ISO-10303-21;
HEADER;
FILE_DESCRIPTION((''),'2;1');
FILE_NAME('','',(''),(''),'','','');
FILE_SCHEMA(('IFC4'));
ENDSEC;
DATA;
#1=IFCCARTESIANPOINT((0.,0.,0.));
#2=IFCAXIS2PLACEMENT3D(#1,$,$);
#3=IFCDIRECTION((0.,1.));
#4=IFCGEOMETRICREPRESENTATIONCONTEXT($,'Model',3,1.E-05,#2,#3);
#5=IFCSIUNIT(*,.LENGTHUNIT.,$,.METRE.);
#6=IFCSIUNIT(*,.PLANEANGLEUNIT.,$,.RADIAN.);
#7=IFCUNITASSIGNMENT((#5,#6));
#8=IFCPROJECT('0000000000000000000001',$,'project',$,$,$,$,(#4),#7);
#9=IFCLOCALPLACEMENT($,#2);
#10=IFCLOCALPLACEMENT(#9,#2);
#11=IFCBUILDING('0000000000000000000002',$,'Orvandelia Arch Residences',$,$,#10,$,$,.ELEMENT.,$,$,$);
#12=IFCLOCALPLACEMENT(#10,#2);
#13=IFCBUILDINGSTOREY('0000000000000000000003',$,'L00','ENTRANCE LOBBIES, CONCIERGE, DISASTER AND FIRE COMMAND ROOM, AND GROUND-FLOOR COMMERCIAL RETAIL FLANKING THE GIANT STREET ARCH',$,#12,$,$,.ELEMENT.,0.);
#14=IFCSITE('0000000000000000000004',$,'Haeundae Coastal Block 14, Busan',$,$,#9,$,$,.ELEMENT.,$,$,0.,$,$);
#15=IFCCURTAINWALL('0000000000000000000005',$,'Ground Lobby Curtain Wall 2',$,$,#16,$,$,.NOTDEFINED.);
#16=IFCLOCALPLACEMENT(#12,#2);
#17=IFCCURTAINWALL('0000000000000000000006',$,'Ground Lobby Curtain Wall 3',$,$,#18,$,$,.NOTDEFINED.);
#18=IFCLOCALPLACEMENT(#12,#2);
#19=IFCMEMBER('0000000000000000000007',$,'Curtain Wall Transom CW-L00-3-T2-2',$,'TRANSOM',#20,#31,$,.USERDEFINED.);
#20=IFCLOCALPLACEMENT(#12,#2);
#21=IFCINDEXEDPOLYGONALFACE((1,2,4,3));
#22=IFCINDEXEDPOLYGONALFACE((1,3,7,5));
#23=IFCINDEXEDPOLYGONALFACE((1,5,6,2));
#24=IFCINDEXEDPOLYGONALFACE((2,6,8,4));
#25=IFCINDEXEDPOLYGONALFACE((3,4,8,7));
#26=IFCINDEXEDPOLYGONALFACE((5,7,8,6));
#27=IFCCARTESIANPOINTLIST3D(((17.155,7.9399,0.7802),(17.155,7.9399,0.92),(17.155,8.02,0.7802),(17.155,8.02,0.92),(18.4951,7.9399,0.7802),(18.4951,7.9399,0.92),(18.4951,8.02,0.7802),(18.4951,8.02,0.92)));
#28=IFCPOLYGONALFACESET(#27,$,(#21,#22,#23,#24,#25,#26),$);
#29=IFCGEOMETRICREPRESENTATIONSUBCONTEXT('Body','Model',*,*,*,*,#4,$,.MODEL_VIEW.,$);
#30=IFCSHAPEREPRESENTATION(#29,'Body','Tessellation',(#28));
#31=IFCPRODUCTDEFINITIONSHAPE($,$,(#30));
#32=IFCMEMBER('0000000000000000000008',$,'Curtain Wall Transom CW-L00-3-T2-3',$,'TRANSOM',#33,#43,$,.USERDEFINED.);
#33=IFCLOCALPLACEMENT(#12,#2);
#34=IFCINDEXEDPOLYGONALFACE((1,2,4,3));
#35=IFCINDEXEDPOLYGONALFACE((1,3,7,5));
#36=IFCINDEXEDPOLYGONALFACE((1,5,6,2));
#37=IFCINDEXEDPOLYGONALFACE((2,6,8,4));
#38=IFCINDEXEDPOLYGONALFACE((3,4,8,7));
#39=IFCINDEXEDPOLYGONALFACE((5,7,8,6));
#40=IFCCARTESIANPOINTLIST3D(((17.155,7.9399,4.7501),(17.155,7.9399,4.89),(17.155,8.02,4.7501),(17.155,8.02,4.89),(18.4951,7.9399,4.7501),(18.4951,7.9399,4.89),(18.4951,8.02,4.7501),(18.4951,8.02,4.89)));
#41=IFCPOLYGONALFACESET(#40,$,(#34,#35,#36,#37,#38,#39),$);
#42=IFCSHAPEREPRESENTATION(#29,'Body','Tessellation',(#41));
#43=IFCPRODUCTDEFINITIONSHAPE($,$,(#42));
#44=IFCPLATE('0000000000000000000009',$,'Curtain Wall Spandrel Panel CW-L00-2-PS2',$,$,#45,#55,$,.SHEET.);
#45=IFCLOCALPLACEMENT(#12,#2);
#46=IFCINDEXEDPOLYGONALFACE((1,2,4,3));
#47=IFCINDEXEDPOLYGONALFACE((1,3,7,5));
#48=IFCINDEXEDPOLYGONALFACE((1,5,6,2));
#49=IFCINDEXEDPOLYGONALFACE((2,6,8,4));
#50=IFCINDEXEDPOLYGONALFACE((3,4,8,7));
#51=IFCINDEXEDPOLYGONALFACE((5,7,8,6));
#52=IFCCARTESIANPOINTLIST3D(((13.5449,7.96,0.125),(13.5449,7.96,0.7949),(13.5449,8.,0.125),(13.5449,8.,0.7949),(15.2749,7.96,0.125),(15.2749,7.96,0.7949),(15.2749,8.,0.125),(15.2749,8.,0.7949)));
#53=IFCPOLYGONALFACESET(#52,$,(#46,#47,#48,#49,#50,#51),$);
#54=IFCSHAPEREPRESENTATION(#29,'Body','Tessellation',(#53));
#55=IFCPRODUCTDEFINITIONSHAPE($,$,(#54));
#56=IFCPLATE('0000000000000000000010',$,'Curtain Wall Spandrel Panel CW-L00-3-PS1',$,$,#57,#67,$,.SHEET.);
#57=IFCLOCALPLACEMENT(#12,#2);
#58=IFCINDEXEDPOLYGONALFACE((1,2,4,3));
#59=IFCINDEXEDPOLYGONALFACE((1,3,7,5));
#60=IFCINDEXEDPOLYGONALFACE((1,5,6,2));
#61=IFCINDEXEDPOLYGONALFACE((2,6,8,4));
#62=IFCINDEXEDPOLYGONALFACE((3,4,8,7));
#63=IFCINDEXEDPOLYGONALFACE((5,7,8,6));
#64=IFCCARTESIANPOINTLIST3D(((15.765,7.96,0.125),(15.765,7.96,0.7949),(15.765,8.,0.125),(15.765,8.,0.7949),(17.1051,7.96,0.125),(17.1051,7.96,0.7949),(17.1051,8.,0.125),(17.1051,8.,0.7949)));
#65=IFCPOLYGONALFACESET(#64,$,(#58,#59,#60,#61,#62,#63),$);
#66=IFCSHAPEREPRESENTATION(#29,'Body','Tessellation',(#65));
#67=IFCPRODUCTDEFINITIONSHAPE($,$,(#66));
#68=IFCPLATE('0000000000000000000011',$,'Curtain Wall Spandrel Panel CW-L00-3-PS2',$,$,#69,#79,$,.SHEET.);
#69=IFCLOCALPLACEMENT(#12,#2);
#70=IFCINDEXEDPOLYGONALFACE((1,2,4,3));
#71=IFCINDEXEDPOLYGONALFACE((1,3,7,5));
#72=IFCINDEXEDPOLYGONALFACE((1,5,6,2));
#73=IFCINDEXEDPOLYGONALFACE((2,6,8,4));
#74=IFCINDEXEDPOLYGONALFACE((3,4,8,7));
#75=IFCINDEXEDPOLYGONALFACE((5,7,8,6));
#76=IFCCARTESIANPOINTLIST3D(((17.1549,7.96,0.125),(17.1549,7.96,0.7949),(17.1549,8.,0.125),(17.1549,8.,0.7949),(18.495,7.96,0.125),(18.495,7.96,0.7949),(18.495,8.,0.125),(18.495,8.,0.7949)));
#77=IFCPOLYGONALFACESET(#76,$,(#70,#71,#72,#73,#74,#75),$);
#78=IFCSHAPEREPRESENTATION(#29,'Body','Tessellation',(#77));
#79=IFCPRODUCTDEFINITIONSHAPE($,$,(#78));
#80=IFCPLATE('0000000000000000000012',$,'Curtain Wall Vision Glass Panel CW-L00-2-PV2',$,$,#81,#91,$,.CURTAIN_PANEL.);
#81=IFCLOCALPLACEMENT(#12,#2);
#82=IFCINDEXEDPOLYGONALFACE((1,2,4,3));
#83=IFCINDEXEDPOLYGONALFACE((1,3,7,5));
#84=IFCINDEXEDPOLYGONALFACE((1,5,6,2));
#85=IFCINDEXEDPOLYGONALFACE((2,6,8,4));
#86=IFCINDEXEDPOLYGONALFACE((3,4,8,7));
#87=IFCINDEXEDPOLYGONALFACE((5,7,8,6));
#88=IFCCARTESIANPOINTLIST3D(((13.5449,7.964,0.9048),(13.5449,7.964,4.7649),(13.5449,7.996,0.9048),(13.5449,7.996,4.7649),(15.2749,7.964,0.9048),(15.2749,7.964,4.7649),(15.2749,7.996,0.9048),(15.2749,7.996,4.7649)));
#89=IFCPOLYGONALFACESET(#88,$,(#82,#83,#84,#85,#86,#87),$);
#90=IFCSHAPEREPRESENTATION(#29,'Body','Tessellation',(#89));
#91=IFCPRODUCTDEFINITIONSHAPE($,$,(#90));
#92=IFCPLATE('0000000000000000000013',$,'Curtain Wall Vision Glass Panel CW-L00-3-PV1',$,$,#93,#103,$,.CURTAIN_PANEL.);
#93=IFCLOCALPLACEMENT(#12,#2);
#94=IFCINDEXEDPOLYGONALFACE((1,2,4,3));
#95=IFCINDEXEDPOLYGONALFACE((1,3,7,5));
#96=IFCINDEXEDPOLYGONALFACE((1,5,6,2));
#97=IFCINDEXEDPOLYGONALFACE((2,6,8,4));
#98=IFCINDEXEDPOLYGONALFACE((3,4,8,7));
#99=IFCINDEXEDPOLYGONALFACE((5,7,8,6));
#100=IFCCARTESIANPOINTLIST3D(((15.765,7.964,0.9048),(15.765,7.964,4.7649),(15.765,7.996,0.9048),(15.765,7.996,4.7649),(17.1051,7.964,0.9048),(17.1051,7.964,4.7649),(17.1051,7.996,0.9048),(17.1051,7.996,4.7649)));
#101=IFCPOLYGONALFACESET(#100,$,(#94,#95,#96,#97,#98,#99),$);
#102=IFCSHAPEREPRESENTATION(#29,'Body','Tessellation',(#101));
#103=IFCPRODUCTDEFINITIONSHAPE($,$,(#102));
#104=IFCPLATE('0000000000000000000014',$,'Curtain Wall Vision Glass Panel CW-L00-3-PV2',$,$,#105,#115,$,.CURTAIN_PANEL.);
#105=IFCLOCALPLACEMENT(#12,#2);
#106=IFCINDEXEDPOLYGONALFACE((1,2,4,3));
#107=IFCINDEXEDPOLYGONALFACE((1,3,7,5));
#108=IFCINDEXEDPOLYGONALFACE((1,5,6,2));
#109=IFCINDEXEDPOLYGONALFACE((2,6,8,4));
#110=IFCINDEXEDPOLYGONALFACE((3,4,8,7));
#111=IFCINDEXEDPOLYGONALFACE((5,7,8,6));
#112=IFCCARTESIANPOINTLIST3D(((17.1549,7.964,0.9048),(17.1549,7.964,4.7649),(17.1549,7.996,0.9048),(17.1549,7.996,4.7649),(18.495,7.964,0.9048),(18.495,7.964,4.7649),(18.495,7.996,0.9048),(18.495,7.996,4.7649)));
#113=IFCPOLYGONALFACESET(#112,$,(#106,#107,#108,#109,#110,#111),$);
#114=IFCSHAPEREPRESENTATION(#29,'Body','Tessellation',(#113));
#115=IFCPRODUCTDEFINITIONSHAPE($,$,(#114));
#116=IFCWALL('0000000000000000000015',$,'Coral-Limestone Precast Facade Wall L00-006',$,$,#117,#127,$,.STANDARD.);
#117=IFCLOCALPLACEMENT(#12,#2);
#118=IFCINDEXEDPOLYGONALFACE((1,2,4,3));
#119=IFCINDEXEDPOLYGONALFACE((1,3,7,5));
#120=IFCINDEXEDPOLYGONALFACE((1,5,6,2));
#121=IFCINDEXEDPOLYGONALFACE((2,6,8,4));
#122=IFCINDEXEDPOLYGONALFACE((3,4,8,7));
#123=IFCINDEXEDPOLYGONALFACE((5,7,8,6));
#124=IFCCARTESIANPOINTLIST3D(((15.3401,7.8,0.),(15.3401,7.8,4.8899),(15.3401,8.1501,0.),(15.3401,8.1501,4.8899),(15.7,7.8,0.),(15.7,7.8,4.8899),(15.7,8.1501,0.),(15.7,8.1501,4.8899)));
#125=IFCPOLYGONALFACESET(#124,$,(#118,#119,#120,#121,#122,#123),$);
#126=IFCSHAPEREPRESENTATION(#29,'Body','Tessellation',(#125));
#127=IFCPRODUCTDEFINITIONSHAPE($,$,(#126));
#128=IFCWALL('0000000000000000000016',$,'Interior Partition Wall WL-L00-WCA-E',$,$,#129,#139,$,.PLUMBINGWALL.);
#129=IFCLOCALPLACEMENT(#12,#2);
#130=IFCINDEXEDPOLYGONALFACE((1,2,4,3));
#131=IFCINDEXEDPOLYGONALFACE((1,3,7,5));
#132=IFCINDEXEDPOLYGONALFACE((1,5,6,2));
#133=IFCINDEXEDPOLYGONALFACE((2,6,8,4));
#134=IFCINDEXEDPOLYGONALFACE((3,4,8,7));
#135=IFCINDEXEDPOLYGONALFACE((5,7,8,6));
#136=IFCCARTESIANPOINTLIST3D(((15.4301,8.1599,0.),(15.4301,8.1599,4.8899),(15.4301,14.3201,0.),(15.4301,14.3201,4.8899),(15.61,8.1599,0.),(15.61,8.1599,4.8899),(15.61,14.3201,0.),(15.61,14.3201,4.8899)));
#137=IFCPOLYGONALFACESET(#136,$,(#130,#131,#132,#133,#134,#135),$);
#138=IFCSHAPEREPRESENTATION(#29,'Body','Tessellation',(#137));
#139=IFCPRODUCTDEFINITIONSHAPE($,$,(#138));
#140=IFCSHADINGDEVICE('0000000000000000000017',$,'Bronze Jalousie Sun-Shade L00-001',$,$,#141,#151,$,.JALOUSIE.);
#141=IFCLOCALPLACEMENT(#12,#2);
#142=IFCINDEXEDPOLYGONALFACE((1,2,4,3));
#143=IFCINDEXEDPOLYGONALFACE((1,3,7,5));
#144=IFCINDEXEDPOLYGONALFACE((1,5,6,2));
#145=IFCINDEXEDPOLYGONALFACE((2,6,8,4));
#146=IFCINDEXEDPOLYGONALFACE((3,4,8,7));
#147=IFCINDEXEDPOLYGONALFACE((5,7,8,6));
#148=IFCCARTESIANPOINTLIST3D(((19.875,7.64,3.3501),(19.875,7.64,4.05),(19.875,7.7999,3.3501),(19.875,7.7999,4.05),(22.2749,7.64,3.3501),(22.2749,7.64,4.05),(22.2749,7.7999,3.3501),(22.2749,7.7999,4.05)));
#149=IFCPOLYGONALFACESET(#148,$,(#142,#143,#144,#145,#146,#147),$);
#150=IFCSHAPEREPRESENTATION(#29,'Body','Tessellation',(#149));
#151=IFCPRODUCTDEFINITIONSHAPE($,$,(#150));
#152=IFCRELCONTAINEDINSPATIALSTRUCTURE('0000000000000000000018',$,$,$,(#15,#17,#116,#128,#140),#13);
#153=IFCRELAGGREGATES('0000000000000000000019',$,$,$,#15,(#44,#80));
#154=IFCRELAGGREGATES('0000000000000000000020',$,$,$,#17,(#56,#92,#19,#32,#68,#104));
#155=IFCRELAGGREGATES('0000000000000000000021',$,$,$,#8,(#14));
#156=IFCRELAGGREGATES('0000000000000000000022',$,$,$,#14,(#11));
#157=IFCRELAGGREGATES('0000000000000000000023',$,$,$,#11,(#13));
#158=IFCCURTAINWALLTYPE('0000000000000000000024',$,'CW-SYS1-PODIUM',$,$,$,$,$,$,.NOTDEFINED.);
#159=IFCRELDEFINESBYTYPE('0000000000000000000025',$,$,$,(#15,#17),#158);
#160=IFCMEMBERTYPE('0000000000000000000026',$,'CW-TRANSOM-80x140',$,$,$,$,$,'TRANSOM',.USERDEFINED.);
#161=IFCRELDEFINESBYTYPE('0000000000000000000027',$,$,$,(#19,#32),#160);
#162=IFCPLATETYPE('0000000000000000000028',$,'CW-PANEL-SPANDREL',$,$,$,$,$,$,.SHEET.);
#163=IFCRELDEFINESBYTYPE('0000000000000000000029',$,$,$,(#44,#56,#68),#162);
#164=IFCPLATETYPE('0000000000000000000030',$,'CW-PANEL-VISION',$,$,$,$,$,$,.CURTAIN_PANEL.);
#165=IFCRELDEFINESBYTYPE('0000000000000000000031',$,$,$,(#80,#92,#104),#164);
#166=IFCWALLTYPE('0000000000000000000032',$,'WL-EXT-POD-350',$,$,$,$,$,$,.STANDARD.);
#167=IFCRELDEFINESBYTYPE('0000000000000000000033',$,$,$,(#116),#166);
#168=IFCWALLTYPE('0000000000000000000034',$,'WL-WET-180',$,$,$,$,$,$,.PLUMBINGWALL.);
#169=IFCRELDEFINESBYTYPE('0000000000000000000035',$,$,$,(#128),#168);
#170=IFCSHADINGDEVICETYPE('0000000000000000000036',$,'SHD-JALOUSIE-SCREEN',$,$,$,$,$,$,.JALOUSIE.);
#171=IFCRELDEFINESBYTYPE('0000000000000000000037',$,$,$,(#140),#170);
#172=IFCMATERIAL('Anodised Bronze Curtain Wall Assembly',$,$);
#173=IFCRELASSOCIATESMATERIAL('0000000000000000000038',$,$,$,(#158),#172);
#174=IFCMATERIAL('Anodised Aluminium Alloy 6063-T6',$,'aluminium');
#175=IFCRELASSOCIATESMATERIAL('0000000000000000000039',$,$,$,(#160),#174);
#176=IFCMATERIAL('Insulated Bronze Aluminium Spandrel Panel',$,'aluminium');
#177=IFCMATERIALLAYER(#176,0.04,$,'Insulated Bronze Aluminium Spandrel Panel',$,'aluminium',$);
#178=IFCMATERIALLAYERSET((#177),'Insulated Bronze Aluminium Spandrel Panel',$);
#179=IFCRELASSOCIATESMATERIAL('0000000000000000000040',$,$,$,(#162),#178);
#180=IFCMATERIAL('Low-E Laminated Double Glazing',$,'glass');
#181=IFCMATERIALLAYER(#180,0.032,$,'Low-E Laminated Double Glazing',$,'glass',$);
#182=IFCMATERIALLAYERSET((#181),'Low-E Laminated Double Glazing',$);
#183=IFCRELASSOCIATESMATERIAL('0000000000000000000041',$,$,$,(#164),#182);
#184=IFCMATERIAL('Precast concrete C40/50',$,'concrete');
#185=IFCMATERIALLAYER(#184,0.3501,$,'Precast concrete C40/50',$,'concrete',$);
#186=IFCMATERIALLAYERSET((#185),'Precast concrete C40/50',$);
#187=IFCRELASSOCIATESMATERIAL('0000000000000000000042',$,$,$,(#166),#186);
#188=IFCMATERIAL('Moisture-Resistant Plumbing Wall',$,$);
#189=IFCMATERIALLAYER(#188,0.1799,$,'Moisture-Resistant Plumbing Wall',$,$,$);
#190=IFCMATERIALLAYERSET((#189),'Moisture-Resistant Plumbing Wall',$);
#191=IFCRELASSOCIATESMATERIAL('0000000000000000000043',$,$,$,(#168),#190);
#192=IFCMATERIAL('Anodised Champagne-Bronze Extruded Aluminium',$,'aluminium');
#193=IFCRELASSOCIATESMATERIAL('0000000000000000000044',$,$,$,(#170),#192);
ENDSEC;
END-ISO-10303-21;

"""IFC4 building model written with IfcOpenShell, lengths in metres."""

from ifc_helpers import new_model, si_unit, direction, frame, frame_2d, origin, origin_2d, place, context, subcontext, project, spatial, rectangle, extrude, material, layer, layer_set, material_profile, profile_set, type_object, element, aggregate, save


model = new_model("IFC4")

# Units and contexts
model_context = context("Model", 3, precision=1e-05, world=origin(), true_north=direction((0.0, 1.0)))
body_context = subcontext(model_context, "Body", "Model", "MODEL_VIEW")
ifc_project = project(units=[si_unit("LENGTHUNIT", "METRE"), si_unit("PLANEANGLEUNIT", "RADIAN")], contexts=[model_context])

# Site, building, storey
site_placement = place(None, origin())
site = spatial("IfcSite", under=ifc_project, at=site_placement, Name="Haeundae Coastal Block 14, Busan", CompositionType="ELEMENT", RefElevation=0.0)
building_placement = place(site_placement, origin())
building = spatial("IfcBuilding", under=site, at=building_placement, Name="Orvandelia Arch Residences", CompositionType="ELEMENT")
storey_placement = place(building_placement, origin())
storey = spatial("IfcBuildingStorey", under=building, at=storey_placement, Name="L00", Description="ENTRANCE LOBBIES, CONCIERGE, DISASTER AND FIRE COMMAND ROOM, AND GROUND-FLOOR COMMERCIAL RETAIL FLANKING THE GIANT STREET ARCH", CompositionType="ELEMENT", Elevation=0.0)

# Curtain wall
ifc_material_1 = material(Name="Anodised Bronze Curtain Wall Assembly")
curtain_wall_type = type_object("IfcCurtainWallType", Name="CW-SYS1-PODIUM", PredefinedType="NOTDEFINED", material=ifc_material_1)
curtain_wall_1_placement = place(storey_placement, origin())
curtain_wall_1 = element("IfcCurtainWall", 1, at=curtain_wall_1_placement, inside=storey, type_object=curtain_wall_type, Name="Ground Lobby Curtain Wall 2", PredefinedType="NOTDEFINED")
ifc_material_2 = material(Name="Anodised Aluminium Alloy 6063-T6", Category="aluminium")

# Curtain wall
curtain_wall_2_placement = place(storey_placement, origin())
curtain_wall_2 = element("IfcCurtainWall", 2, at=curtain_wall_2_placement, inside=storey, type_object=curtain_wall_type, Name="Ground Lobby Curtain Wall 3", PredefinedType="NOTDEFINED")

# Members
ifc_material_profile_1 = material_profile(ifc_material_2, rectangle(XDim=0.0801, YDim=0.1399, at=origin_2d()), Name="Anodised Aluminium Alloy 6063-T6", Category="aluminium")
ifc_profile_set_1 = profile_set([ifc_material_profile_1], Name="Anodised Aluminium Alloy 6063-T6")
member_type_1 = type_object("IfcMemberType", Name="CW-TRANSOM-80x140", ElementType="TRANSOM", PredefinedType="USERDEFINED", material=ifc_profile_set_1)
member_1_placement = place(storey_placement, frame((17.155, 7.98, 0.8501), z_axis=(1.0, 0.0, 0.0), x_axis=(0.0, 1.0, 0.0)))
member_1 = element("IfcMember", 3, at=member_1_placement, type_object=member_type_1, Name="Curtain Wall Transom CW-L00-3-T2-2", ObjectType="TRANSOM", PredefinedType="USERDEFINED", context=body_context, shape_type="SweptSolid", body=[
    extrude(rectangle(XDim=0.0801, YDim=0.1399, at=origin_2d()), origin(), (0.0, 0.0, 1.0), 1.3401),
])
member_2_placement = place(storey_placement, frame((17.155, 7.98, 4.8201), z_axis=(1.0, 0.0, 0.0), x_axis=(0.0, 1.0, 0.0)))
member_2 = element("IfcMember", 4, at=member_2_placement, type_object=member_type_1, Name="Curtain Wall Transom CW-L00-3-T2-3", ObjectType="TRANSOM", PredefinedType="USERDEFINED", context=body_context, shape_type="SweptSolid", body=[
    extrude(rectangle(XDim=0.0801, YDim=0.1399, at=origin_2d()), origin(), (0.0, 0.0, 1.0), 1.3401),
])

# Plates
ifc_material_3 = material(Name="Insulated Bronze Aluminium Spandrel Panel", Category="aluminium")
ifc_layer_1 = layer(ifc_material_3, 0.04, Name="Insulated Bronze Aluminium Spandrel Panel", Category="aluminium")
ifc_layer_set_1 = layer_set([ifc_layer_1], Name="Insulated Bronze Aluminium Spandrel Panel")
plate_type_1 = type_object("IfcPlateType", Name="CW-PANEL-SPANDREL", PredefinedType="SHEET", material=ifc_layer_set_1)
plate_1_placement = place(storey_placement, frame((14.4099, 7.98, 0.125), z_axis=(0.0, 0.0, 1.0), x_axis=(1.0, 0.0, 0.0)))
plate_1 = element("IfcPlate", 5, at=plate_1_placement, type_object=plate_type_1, Name="Curtain Wall Spandrel Panel CW-L00-2-PS2", PredefinedType="SHEET", context=body_context, shape_type="SweptSolid", body=[
    extrude(rectangle(XDim=1.73, YDim=0.04, at=origin_2d()), origin(), (0.0, 0.0, 1.0), 0.6699),
])
plate_2_placement = place(storey_placement, frame((16.4351, 7.98, 0.125), z_axis=(0.0, 0.0, 1.0), x_axis=(1.0, 0.0, 0.0)))
plate_2 = element("IfcPlate", 6, at=plate_2_placement, type_object=plate_type_1, Name="Curtain Wall Spandrel Panel CW-L00-3-PS1", PredefinedType="SHEET", context=body_context, shape_type="SweptSolid", body=[
    extrude(rectangle(XDim=1.3401, YDim=0.04, at=origin_2d()), origin(), (0.0, 0.0, 1.0), 0.6699),
])
plate_3_placement = place(storey_placement, frame((17.825, 7.98, 0.125), z_axis=(0.0, 0.0, 1.0), x_axis=(1.0, 0.0, 0.0)))
plate_3 = element("IfcPlate", 7, at=plate_3_placement, type_object=plate_type_1, Name="Curtain Wall Spandrel Panel CW-L00-3-PS2", PredefinedType="SHEET", context=body_context, shape_type="SweptSolid", body=[
    extrude(rectangle(XDim=1.3401, YDim=0.04, at=origin_2d()), origin(), (0.0, 0.0, 1.0), 0.6699),
])
ifc_material_4 = material(Name="Low-E Laminated Double Glazing", Category="glass")
ifc_layer_2 = layer(ifc_material_4, 0.032, Name="Low-E Laminated Double Glazing", Category="glass")
ifc_layer_set_2 = layer_set([ifc_layer_2], Name="Low-E Laminated Double Glazing")
plate_type_2 = type_object("IfcPlateType", Name="CW-PANEL-VISION", PredefinedType="CURTAIN_PANEL", material=ifc_layer_set_2)
plate_4_placement = place(storey_placement, frame((14.4099, 7.98, 0.9048), z_axis=(0.0, 0.0, 1.0), x_axis=(1.0, 0.0, 0.0)))
plate_4 = element("IfcPlate", 8, at=plate_4_placement, type_object=plate_type_2, Name="Curtain Wall Vision Glass Panel CW-L00-2-PV2", PredefinedType="CURTAIN_PANEL", context=body_context, shape_type="SweptSolid", body=[
    extrude(rectangle(XDim=1.73, YDim=0.032, at=origin_2d()), origin(), (0.0, 0.0, 1.0), 3.8601),
])
aggregate(curtain_wall_1, [plate_1, plate_4])
plate_5_placement = place(storey_placement, frame((16.4351, 7.98, 0.9048), z_axis=(0.0, 0.0, 1.0), x_axis=(1.0, 0.0, 0.0)))
plate_5 = element("IfcPlate", 9, at=plate_5_placement, type_object=plate_type_2, Name="Curtain Wall Vision Glass Panel CW-L00-3-PV1", PredefinedType="CURTAIN_PANEL", context=body_context, shape_type="SweptSolid", body=[
    extrude(rectangle(XDim=1.3401, YDim=0.032, at=origin_2d()), origin(), (0.0, 0.0, 1.0), 3.8601),
])
plate_6_placement = place(storey_placement, frame((17.825, 7.98, 0.9048), z_axis=(0.0, 0.0, 1.0), x_axis=(1.0, 0.0, 0.0)))
plate_6 = element("IfcPlate", 10, at=plate_6_placement, type_object=plate_type_2, Name="Curtain Wall Vision Glass Panel CW-L00-3-PV2", PredefinedType="CURTAIN_PANEL", context=body_context, shape_type="SweptSolid", body=[
    extrude(rectangle(XDim=1.3401, YDim=0.032, at=origin_2d()), origin(), (0.0, 0.0, 1.0), 3.8601),
])
aggregate(curtain_wall_2, [plate_2, plate_5, member_1, member_2, plate_3, plate_6])

# Walls
ifc_material_5 = material(Name="Precast concrete C40/50", Category="concrete")
ifc_layer_3 = layer(ifc_material_5, 0.3501, Name="Precast concrete C40/50", Category="concrete")
ifc_layer_set_3 = layer_set([ifc_layer_3], Name="Precast concrete C40/50")
wall_type_1 = type_object("IfcWallType", Name="WL-EXT-POD-350", PredefinedType="STANDARD", material=ifc_layer_set_3)
wall_1_placement = place(storey_placement, frame((15.7, 7.9751, 0.0), z_axis=(0.0, 0.0, 1.0), x_axis=(-1.0, 0.0, 0.0)))
element("IfcWall", 11, at=wall_1_placement, inside=storey, type_object=wall_type_1, Name="Coral-Limestone Precast Facade Wall L00-006", PredefinedType="STANDARD", context=body_context, shape_type="SweptSolid", body=[
    extrude(rectangle(XDim=0.3599, YDim=0.3501, at=frame_2d((0.1799, 0.0))), origin(), (0.0, 0.0, 1.0), 4.8899),
])
ifc_material_6 = material(Name="Moisture-Resistant Plumbing Wall")
ifc_layer_4 = layer(ifc_material_6, 0.1799, Name="Moisture-Resistant Plumbing Wall")
ifc_layer_set_4 = layer_set([ifc_layer_4], Name="Moisture-Resistant Plumbing Wall")
wall_type_2 = type_object("IfcWallType", Name="WL-WET-180", PredefinedType="PLUMBINGWALL", material=ifc_layer_set_4)
wall_2_placement = place(storey_placement, frame((15.52, 8.1599, 0.0), z_axis=(0.0, 0.0, 1.0), x_axis=(0.0, 1.0, 0.0)))
element("IfcWall", 12, at=wall_2_placement, inside=storey, type_object=wall_type_2, Name="Interior Partition Wall WL-L00-WCA-E", PredefinedType="PLUMBINGWALL", context=body_context, shape_type="SweptSolid", body=[
    extrude(rectangle(XDim=6.1602, YDim=0.1799, at=frame_2d((3.0801, 0.0))), origin(), (0.0, 0.0, 1.0), 4.8899),
])

# Shading device
ifc_material_7 = material(Name="Anodised Champagne-Bronze Extruded Aluminium", Category="aluminium")
shading_device_type = type_object("IfcShadingDeviceType", Name="SHD-JALOUSIE-SCREEN", PredefinedType="JALOUSIE", material=ifc_material_7)
shading_device_placement = place(storey_placement, frame((21.075, 7.72, 3.3501), z_axis=(0.0, 0.0, 1.0), x_axis=(-1.0, 0.0, 0.0)))
element("IfcShadingDevice", 13, at=shading_device_placement, inside=storey, type_object=shading_device_type, Name="Bronze Jalousie Sun-Shade L00-001", PredefinedType="JALOUSIE", context=body_context, shape_type="SweptSolid", body=[
    extrude(rectangle(XDim=2.3999, YDim=0.1599, at=origin_2d()), origin(), (0.0, 0.0, 1.0), 0.7),
])

save(model, "model.ifc")
